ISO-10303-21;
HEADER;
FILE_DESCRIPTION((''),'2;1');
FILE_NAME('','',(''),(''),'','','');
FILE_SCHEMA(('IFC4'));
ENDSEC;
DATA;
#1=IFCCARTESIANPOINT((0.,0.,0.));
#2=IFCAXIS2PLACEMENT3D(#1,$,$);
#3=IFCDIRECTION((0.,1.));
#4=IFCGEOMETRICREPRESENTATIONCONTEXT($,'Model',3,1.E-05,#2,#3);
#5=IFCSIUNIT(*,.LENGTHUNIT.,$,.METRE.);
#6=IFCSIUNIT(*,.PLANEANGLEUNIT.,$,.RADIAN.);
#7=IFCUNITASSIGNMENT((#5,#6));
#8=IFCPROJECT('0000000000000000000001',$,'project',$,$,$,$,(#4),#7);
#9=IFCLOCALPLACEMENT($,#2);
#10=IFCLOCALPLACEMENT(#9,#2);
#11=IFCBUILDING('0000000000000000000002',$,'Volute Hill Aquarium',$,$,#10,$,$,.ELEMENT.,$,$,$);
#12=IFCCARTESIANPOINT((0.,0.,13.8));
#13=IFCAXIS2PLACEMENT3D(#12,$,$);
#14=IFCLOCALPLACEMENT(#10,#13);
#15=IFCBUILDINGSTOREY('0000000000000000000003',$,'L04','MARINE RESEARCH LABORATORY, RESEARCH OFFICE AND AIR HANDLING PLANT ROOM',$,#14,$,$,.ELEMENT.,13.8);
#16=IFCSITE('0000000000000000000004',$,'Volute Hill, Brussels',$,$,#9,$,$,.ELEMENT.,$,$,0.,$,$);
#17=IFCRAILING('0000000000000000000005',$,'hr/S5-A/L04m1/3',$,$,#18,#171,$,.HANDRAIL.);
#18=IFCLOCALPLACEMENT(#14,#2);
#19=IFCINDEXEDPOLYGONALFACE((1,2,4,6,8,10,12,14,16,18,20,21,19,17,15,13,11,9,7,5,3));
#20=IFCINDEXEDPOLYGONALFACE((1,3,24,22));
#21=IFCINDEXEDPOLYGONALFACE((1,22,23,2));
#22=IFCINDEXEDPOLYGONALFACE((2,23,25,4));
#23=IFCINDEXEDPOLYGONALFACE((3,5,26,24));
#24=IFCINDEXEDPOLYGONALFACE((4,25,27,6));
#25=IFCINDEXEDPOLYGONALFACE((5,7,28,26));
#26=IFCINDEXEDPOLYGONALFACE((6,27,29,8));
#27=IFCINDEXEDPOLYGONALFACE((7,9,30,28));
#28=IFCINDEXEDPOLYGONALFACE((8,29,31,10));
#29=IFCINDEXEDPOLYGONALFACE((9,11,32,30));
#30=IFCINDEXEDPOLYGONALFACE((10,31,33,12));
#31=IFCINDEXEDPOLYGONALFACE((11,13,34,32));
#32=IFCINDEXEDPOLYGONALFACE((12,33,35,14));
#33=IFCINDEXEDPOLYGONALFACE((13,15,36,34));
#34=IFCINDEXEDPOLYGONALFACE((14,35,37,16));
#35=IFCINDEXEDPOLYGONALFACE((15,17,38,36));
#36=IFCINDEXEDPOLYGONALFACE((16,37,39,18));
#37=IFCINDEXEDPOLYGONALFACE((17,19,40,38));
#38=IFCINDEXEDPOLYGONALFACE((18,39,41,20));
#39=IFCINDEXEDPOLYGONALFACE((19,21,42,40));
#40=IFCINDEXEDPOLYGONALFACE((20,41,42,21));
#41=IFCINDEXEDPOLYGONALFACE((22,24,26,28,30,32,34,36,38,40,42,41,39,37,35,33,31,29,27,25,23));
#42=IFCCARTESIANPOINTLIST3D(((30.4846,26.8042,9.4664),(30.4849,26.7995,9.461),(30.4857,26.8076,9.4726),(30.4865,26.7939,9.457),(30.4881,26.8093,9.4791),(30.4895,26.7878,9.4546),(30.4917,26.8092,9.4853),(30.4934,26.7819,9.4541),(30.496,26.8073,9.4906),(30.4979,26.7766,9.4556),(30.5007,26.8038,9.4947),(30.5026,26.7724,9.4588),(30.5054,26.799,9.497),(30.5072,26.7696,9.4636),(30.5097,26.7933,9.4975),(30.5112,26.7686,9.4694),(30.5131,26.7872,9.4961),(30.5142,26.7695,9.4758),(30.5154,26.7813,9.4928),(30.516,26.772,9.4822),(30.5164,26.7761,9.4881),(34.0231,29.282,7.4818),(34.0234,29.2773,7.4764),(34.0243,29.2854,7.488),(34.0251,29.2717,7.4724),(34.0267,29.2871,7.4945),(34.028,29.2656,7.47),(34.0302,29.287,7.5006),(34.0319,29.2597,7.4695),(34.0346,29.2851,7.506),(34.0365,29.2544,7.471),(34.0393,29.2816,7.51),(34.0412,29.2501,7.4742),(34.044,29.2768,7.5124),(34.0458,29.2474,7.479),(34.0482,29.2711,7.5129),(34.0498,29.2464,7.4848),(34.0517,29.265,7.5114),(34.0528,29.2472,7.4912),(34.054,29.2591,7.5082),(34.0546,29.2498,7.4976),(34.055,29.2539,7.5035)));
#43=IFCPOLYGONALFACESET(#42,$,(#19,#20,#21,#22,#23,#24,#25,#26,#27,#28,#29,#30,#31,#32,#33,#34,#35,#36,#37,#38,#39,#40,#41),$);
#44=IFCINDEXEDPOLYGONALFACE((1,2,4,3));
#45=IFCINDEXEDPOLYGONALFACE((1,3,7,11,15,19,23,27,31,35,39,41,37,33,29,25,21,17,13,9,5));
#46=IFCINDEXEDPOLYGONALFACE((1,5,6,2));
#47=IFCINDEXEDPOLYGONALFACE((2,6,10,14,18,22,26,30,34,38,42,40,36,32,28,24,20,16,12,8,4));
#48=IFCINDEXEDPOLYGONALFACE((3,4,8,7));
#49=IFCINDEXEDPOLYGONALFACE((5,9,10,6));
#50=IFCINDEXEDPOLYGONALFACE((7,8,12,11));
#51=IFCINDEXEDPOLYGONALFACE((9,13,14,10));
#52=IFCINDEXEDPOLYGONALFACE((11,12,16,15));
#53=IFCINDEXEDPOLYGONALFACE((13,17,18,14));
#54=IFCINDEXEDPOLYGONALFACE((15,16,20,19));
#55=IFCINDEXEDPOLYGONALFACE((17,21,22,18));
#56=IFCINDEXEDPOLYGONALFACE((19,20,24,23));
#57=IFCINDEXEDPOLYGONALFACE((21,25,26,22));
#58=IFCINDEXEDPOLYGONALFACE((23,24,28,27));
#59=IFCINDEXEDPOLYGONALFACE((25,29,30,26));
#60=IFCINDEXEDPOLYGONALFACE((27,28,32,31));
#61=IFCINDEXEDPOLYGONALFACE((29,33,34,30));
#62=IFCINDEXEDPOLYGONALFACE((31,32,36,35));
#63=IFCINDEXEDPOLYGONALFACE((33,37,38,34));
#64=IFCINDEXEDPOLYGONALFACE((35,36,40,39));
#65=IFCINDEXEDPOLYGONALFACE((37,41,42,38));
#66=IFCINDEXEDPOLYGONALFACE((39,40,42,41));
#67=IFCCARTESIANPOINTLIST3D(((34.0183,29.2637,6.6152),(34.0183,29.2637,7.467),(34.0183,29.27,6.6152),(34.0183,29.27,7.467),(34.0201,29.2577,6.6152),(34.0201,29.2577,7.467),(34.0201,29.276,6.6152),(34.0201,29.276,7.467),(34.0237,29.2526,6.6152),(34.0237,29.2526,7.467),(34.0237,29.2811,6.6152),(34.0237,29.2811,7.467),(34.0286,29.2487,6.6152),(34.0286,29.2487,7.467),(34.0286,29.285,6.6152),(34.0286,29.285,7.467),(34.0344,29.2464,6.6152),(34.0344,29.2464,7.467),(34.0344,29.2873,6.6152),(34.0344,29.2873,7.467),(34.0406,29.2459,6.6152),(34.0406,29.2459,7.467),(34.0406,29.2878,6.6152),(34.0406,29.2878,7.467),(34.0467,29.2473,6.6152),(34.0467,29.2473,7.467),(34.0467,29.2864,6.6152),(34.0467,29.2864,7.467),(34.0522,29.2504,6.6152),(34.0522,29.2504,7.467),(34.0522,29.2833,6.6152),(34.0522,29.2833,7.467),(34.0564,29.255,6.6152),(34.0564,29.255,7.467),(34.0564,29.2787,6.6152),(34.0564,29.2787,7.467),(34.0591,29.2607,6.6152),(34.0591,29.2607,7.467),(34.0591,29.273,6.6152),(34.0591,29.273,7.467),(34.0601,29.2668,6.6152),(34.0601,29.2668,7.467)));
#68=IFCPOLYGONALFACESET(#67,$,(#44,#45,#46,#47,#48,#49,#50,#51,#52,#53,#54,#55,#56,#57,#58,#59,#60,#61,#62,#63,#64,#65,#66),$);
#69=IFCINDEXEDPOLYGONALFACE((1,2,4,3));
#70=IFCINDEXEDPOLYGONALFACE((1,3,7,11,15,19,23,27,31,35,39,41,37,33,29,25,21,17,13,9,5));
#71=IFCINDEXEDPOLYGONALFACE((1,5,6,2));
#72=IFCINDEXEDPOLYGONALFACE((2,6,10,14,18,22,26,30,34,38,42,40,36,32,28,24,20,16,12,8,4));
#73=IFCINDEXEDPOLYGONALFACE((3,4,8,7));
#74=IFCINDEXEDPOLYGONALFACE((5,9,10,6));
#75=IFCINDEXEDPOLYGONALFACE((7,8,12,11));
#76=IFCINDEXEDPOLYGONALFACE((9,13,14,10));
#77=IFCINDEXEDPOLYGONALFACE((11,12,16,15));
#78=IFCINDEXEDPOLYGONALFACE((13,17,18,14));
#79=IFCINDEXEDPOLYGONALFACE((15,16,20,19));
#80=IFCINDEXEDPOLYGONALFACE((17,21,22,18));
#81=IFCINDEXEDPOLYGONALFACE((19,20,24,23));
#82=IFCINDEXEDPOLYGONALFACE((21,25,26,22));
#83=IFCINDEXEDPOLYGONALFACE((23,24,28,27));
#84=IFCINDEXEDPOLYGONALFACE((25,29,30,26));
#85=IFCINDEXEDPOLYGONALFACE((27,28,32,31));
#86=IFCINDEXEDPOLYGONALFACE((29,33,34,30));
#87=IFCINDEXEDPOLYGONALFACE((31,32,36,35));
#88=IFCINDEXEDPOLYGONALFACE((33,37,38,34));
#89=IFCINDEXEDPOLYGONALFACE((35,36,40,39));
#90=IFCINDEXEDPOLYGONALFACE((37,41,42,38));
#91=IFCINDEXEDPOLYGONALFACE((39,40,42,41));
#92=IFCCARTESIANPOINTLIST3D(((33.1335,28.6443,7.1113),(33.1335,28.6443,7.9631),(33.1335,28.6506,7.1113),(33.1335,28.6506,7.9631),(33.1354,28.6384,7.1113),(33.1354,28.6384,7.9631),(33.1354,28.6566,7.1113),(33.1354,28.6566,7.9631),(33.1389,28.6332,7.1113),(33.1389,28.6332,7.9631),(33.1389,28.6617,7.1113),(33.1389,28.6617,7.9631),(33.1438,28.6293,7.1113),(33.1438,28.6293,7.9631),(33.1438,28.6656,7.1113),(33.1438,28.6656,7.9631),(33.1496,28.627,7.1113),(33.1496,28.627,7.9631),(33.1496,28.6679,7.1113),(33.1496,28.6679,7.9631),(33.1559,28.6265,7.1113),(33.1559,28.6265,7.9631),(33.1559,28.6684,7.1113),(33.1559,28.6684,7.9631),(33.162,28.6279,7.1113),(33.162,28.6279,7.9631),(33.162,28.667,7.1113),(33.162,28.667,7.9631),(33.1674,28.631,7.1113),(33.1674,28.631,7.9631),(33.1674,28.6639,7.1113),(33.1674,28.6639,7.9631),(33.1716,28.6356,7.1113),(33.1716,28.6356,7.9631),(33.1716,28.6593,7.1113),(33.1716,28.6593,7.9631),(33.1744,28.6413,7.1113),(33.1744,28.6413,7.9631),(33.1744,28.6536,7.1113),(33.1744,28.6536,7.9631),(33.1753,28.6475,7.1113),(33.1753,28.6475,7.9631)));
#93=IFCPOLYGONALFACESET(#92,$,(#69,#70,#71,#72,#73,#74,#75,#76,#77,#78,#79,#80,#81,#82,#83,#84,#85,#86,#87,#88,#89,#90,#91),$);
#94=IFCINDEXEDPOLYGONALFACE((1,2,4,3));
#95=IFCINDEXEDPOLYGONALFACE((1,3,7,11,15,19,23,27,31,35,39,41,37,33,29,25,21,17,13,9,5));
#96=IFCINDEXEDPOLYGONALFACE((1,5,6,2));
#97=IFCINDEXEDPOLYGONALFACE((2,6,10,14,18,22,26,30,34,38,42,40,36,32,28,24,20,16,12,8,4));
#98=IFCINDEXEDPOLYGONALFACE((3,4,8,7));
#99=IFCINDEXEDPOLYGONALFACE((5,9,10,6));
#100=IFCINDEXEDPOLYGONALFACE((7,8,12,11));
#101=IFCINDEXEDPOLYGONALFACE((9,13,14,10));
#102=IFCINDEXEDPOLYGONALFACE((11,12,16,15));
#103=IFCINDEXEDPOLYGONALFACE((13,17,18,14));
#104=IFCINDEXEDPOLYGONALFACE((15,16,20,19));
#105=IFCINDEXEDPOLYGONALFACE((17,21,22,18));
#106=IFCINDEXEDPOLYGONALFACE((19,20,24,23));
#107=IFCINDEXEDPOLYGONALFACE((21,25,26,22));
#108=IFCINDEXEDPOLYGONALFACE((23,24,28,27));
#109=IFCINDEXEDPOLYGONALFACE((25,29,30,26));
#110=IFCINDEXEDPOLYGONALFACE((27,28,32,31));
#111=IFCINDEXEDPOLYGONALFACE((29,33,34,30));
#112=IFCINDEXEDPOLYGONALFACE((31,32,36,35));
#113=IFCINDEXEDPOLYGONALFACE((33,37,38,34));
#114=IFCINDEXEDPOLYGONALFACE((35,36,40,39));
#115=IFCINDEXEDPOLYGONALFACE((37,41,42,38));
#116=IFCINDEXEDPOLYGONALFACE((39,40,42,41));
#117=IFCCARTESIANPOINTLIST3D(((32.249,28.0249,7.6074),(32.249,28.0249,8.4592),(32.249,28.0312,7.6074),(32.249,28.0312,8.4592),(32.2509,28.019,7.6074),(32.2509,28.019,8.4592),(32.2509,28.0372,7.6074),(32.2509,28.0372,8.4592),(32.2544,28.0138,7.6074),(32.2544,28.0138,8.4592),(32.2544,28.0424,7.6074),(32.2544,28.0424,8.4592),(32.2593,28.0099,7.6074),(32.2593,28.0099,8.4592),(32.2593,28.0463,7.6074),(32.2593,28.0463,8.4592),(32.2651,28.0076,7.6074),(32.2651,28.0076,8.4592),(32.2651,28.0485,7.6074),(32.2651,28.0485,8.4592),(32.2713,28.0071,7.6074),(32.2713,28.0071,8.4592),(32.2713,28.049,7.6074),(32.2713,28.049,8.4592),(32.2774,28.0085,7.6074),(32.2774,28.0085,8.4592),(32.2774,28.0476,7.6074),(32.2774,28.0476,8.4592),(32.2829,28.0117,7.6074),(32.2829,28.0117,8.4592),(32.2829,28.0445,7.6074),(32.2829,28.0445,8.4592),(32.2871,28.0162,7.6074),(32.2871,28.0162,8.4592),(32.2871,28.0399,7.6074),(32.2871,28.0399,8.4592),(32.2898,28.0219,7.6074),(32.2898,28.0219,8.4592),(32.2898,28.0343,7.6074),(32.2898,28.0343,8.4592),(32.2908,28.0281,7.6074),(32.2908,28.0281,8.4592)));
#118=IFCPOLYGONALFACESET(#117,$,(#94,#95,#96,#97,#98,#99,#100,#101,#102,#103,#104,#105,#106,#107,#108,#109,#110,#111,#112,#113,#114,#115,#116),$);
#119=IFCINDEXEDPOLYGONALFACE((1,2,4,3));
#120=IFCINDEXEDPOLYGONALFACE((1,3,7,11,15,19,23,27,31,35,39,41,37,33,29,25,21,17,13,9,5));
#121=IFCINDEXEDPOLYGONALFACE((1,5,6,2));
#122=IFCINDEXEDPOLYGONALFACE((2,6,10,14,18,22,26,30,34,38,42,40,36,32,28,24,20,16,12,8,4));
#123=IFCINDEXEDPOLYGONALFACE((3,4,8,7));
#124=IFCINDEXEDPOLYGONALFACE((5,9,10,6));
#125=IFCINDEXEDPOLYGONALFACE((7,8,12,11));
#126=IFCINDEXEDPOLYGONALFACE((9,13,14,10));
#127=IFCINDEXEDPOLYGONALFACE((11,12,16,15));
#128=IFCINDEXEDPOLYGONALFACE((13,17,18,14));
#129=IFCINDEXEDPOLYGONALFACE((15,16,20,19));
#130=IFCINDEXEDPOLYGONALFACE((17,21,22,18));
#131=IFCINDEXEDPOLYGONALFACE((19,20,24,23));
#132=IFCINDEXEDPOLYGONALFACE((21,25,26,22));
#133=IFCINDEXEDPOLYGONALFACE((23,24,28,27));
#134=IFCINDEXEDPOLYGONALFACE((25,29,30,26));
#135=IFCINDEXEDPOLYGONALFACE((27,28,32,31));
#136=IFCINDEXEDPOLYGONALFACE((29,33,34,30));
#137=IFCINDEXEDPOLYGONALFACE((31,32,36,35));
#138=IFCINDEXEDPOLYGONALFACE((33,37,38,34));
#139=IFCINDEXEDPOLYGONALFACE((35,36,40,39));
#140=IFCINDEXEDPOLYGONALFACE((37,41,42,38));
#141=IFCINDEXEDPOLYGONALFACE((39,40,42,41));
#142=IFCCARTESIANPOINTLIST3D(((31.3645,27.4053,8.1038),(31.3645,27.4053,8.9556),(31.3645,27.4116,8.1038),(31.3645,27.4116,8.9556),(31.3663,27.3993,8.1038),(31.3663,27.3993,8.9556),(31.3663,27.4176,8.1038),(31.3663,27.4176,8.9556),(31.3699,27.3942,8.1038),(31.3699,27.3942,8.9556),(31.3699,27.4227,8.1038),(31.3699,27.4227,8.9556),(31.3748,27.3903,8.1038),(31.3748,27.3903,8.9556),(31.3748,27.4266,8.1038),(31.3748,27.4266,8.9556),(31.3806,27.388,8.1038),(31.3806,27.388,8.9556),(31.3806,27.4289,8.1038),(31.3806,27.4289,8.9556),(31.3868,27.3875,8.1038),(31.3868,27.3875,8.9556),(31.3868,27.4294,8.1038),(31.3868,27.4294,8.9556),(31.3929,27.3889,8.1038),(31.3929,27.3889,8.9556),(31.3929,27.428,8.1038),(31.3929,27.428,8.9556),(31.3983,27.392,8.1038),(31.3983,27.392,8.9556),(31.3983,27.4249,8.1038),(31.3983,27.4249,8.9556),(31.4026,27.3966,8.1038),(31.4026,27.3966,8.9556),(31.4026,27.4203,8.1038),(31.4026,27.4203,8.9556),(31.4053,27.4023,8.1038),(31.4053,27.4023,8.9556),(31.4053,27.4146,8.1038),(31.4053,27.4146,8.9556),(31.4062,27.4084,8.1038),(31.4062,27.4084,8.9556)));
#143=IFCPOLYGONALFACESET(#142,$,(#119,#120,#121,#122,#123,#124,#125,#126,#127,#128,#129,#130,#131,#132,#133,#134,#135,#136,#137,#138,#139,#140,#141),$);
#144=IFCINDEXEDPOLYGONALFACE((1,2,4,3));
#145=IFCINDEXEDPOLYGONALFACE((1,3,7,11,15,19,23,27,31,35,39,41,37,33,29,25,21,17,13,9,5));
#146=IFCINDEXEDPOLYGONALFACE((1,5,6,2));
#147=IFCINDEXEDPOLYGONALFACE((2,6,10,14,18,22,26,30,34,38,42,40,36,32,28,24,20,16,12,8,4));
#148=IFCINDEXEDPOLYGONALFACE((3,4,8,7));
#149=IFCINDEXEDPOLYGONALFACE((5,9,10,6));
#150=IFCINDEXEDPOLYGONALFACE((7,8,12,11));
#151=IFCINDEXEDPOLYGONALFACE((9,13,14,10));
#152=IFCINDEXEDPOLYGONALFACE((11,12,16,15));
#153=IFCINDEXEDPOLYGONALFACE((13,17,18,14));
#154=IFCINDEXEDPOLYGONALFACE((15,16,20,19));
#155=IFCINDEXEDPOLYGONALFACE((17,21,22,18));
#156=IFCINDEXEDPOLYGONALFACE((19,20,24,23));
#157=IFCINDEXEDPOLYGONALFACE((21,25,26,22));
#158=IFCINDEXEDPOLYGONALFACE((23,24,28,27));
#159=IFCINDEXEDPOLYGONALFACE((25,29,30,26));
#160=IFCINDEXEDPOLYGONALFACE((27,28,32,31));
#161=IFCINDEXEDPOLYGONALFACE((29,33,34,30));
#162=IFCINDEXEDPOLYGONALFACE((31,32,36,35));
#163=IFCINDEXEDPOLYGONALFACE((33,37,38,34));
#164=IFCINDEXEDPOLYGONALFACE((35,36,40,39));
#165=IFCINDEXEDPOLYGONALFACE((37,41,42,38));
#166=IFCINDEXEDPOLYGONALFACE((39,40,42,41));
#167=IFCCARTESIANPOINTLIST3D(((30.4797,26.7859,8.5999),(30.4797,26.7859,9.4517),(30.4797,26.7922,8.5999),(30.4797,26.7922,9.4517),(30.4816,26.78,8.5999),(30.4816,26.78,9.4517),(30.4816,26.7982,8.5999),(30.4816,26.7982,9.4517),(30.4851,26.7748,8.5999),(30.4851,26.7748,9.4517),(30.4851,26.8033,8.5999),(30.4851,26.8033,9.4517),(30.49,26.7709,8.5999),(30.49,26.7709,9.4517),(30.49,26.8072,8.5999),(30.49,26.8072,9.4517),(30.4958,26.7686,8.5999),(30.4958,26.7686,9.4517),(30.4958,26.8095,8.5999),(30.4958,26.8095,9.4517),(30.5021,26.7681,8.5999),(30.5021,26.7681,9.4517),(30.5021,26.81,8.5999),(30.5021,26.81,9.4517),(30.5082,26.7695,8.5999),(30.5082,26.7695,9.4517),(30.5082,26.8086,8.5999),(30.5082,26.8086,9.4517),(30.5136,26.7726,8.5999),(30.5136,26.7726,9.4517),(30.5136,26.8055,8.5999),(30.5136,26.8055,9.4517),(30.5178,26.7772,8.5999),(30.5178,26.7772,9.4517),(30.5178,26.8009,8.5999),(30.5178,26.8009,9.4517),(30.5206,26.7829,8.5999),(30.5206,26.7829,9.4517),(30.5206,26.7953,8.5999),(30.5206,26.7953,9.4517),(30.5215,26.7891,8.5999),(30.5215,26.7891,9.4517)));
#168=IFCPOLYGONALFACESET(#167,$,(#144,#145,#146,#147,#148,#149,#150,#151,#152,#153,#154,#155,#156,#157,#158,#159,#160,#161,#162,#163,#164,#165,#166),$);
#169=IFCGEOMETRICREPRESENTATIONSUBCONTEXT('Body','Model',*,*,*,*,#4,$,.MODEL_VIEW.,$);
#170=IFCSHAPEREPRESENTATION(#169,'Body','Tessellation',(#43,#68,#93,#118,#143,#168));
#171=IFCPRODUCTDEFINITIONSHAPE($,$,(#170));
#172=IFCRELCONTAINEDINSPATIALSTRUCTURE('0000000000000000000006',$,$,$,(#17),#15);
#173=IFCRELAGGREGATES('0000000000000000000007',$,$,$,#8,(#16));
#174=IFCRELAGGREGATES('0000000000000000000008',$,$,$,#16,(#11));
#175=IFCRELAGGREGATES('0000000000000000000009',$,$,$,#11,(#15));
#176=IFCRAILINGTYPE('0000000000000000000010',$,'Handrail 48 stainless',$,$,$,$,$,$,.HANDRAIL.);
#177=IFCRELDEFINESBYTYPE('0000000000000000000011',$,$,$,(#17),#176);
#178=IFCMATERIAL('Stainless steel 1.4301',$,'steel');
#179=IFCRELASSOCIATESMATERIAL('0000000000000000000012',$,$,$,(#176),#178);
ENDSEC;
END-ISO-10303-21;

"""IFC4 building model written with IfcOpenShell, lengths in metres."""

from ifc_helpers import new_model, si_unit, direction, frame, origin, origin_2d, place, context, subcontext, project, spatial, circle, extrude, material, type_object, element, save


model = new_model("IFC4")

# Units and contexts
model_context = context("Model", 3, precision=1e-05, world=origin(), true_north=direction((0.0, 1.0)))
body_context = subcontext(model_context, "Body", "Model", "MODEL_VIEW")
ifc_project = project(units=[si_unit("LENGTHUNIT", "METRE"), si_unit("PLANEANGLEUNIT", "RADIAN")], contexts=[model_context])

# Site, building, storey
site_placement = place(None, origin())
site = spatial("IfcSite", under=ifc_project, at=site_placement, Name="Volute Hill, Brussels", CompositionType="ELEMENT", RefElevation=0.0)
building_placement = place(site_placement, origin())
building = spatial("IfcBuilding", under=site, at=building_placement, Name="Volute Hill Aquarium", CompositionType="ELEMENT")
storey_placement = place(building_placement, frame((0.0, 0.0, 13.8)))
storey = spatial("IfcBuildingStorey", under=building, at=storey_placement, Name="L04", Description="MARINE RESEARCH LABORATORY, RESEARCH OFFICE AND AIR HANDLING PLANT ROOM", CompositionType="ELEMENT", Elevation=13.8)

# Railing
ifc_material_1 = material(Name="Stainless steel 1.4301", Category="steel")
railing_type_1 = type_object("IfcRailingType", Name="Handrail 48 stainless", PredefinedType="HANDRAIL", material=ifc_material_1)
railing_1_placement = place(storey_placement, frame((34.0391, 29.2668, 6.6152)))
element("IfcRailing", 1, at=railing_1_placement, inside=storey, type_object=railing_type_1, Name="hr/S5-A/L04m1/3", PredefinedType="HANDRAIL", context=body_context, shape_type="SweptSolid", body=[
    extrude(circle(Radius=0.0239, at=origin_2d()), frame((0.0, 0.0, 0.876), z_axis=(-0.744351, -0.52121, 0.417471), x_axis=(0.573584, -0.819147, 0.0)), (0.0, 0.0, 1.0), 4.7539),
    extrude(circle(Radius=0.021, at=origin_2d()), origin(), (0.0, 0.0, 1.0), 0.8518),
    extrude(circle(Radius=0.021, at=origin_2d()), frame((-0.8848, -0.6194, 0.4961)), (0.0, 0.0, 1.0), 0.8518),
    extrude(circle(Radius=0.021, at=origin_2d()), frame((-1.7693, -1.2388, 0.9922)), (0.0, 0.0, 1.0), 0.8518),
    extrude(circle(Radius=0.021, at=origin_2d()), frame((-2.6538, -1.8584, 1.4885)), (0.0, 0.0, 1.0), 0.8518),
    extrude(circle(Radius=0.021, at=origin_2d()), frame((-3.5386, -2.4778, 1.9846)), (0.0, 0.0, 1.0), 0.8518),
])

save(model, "model.ifc")
